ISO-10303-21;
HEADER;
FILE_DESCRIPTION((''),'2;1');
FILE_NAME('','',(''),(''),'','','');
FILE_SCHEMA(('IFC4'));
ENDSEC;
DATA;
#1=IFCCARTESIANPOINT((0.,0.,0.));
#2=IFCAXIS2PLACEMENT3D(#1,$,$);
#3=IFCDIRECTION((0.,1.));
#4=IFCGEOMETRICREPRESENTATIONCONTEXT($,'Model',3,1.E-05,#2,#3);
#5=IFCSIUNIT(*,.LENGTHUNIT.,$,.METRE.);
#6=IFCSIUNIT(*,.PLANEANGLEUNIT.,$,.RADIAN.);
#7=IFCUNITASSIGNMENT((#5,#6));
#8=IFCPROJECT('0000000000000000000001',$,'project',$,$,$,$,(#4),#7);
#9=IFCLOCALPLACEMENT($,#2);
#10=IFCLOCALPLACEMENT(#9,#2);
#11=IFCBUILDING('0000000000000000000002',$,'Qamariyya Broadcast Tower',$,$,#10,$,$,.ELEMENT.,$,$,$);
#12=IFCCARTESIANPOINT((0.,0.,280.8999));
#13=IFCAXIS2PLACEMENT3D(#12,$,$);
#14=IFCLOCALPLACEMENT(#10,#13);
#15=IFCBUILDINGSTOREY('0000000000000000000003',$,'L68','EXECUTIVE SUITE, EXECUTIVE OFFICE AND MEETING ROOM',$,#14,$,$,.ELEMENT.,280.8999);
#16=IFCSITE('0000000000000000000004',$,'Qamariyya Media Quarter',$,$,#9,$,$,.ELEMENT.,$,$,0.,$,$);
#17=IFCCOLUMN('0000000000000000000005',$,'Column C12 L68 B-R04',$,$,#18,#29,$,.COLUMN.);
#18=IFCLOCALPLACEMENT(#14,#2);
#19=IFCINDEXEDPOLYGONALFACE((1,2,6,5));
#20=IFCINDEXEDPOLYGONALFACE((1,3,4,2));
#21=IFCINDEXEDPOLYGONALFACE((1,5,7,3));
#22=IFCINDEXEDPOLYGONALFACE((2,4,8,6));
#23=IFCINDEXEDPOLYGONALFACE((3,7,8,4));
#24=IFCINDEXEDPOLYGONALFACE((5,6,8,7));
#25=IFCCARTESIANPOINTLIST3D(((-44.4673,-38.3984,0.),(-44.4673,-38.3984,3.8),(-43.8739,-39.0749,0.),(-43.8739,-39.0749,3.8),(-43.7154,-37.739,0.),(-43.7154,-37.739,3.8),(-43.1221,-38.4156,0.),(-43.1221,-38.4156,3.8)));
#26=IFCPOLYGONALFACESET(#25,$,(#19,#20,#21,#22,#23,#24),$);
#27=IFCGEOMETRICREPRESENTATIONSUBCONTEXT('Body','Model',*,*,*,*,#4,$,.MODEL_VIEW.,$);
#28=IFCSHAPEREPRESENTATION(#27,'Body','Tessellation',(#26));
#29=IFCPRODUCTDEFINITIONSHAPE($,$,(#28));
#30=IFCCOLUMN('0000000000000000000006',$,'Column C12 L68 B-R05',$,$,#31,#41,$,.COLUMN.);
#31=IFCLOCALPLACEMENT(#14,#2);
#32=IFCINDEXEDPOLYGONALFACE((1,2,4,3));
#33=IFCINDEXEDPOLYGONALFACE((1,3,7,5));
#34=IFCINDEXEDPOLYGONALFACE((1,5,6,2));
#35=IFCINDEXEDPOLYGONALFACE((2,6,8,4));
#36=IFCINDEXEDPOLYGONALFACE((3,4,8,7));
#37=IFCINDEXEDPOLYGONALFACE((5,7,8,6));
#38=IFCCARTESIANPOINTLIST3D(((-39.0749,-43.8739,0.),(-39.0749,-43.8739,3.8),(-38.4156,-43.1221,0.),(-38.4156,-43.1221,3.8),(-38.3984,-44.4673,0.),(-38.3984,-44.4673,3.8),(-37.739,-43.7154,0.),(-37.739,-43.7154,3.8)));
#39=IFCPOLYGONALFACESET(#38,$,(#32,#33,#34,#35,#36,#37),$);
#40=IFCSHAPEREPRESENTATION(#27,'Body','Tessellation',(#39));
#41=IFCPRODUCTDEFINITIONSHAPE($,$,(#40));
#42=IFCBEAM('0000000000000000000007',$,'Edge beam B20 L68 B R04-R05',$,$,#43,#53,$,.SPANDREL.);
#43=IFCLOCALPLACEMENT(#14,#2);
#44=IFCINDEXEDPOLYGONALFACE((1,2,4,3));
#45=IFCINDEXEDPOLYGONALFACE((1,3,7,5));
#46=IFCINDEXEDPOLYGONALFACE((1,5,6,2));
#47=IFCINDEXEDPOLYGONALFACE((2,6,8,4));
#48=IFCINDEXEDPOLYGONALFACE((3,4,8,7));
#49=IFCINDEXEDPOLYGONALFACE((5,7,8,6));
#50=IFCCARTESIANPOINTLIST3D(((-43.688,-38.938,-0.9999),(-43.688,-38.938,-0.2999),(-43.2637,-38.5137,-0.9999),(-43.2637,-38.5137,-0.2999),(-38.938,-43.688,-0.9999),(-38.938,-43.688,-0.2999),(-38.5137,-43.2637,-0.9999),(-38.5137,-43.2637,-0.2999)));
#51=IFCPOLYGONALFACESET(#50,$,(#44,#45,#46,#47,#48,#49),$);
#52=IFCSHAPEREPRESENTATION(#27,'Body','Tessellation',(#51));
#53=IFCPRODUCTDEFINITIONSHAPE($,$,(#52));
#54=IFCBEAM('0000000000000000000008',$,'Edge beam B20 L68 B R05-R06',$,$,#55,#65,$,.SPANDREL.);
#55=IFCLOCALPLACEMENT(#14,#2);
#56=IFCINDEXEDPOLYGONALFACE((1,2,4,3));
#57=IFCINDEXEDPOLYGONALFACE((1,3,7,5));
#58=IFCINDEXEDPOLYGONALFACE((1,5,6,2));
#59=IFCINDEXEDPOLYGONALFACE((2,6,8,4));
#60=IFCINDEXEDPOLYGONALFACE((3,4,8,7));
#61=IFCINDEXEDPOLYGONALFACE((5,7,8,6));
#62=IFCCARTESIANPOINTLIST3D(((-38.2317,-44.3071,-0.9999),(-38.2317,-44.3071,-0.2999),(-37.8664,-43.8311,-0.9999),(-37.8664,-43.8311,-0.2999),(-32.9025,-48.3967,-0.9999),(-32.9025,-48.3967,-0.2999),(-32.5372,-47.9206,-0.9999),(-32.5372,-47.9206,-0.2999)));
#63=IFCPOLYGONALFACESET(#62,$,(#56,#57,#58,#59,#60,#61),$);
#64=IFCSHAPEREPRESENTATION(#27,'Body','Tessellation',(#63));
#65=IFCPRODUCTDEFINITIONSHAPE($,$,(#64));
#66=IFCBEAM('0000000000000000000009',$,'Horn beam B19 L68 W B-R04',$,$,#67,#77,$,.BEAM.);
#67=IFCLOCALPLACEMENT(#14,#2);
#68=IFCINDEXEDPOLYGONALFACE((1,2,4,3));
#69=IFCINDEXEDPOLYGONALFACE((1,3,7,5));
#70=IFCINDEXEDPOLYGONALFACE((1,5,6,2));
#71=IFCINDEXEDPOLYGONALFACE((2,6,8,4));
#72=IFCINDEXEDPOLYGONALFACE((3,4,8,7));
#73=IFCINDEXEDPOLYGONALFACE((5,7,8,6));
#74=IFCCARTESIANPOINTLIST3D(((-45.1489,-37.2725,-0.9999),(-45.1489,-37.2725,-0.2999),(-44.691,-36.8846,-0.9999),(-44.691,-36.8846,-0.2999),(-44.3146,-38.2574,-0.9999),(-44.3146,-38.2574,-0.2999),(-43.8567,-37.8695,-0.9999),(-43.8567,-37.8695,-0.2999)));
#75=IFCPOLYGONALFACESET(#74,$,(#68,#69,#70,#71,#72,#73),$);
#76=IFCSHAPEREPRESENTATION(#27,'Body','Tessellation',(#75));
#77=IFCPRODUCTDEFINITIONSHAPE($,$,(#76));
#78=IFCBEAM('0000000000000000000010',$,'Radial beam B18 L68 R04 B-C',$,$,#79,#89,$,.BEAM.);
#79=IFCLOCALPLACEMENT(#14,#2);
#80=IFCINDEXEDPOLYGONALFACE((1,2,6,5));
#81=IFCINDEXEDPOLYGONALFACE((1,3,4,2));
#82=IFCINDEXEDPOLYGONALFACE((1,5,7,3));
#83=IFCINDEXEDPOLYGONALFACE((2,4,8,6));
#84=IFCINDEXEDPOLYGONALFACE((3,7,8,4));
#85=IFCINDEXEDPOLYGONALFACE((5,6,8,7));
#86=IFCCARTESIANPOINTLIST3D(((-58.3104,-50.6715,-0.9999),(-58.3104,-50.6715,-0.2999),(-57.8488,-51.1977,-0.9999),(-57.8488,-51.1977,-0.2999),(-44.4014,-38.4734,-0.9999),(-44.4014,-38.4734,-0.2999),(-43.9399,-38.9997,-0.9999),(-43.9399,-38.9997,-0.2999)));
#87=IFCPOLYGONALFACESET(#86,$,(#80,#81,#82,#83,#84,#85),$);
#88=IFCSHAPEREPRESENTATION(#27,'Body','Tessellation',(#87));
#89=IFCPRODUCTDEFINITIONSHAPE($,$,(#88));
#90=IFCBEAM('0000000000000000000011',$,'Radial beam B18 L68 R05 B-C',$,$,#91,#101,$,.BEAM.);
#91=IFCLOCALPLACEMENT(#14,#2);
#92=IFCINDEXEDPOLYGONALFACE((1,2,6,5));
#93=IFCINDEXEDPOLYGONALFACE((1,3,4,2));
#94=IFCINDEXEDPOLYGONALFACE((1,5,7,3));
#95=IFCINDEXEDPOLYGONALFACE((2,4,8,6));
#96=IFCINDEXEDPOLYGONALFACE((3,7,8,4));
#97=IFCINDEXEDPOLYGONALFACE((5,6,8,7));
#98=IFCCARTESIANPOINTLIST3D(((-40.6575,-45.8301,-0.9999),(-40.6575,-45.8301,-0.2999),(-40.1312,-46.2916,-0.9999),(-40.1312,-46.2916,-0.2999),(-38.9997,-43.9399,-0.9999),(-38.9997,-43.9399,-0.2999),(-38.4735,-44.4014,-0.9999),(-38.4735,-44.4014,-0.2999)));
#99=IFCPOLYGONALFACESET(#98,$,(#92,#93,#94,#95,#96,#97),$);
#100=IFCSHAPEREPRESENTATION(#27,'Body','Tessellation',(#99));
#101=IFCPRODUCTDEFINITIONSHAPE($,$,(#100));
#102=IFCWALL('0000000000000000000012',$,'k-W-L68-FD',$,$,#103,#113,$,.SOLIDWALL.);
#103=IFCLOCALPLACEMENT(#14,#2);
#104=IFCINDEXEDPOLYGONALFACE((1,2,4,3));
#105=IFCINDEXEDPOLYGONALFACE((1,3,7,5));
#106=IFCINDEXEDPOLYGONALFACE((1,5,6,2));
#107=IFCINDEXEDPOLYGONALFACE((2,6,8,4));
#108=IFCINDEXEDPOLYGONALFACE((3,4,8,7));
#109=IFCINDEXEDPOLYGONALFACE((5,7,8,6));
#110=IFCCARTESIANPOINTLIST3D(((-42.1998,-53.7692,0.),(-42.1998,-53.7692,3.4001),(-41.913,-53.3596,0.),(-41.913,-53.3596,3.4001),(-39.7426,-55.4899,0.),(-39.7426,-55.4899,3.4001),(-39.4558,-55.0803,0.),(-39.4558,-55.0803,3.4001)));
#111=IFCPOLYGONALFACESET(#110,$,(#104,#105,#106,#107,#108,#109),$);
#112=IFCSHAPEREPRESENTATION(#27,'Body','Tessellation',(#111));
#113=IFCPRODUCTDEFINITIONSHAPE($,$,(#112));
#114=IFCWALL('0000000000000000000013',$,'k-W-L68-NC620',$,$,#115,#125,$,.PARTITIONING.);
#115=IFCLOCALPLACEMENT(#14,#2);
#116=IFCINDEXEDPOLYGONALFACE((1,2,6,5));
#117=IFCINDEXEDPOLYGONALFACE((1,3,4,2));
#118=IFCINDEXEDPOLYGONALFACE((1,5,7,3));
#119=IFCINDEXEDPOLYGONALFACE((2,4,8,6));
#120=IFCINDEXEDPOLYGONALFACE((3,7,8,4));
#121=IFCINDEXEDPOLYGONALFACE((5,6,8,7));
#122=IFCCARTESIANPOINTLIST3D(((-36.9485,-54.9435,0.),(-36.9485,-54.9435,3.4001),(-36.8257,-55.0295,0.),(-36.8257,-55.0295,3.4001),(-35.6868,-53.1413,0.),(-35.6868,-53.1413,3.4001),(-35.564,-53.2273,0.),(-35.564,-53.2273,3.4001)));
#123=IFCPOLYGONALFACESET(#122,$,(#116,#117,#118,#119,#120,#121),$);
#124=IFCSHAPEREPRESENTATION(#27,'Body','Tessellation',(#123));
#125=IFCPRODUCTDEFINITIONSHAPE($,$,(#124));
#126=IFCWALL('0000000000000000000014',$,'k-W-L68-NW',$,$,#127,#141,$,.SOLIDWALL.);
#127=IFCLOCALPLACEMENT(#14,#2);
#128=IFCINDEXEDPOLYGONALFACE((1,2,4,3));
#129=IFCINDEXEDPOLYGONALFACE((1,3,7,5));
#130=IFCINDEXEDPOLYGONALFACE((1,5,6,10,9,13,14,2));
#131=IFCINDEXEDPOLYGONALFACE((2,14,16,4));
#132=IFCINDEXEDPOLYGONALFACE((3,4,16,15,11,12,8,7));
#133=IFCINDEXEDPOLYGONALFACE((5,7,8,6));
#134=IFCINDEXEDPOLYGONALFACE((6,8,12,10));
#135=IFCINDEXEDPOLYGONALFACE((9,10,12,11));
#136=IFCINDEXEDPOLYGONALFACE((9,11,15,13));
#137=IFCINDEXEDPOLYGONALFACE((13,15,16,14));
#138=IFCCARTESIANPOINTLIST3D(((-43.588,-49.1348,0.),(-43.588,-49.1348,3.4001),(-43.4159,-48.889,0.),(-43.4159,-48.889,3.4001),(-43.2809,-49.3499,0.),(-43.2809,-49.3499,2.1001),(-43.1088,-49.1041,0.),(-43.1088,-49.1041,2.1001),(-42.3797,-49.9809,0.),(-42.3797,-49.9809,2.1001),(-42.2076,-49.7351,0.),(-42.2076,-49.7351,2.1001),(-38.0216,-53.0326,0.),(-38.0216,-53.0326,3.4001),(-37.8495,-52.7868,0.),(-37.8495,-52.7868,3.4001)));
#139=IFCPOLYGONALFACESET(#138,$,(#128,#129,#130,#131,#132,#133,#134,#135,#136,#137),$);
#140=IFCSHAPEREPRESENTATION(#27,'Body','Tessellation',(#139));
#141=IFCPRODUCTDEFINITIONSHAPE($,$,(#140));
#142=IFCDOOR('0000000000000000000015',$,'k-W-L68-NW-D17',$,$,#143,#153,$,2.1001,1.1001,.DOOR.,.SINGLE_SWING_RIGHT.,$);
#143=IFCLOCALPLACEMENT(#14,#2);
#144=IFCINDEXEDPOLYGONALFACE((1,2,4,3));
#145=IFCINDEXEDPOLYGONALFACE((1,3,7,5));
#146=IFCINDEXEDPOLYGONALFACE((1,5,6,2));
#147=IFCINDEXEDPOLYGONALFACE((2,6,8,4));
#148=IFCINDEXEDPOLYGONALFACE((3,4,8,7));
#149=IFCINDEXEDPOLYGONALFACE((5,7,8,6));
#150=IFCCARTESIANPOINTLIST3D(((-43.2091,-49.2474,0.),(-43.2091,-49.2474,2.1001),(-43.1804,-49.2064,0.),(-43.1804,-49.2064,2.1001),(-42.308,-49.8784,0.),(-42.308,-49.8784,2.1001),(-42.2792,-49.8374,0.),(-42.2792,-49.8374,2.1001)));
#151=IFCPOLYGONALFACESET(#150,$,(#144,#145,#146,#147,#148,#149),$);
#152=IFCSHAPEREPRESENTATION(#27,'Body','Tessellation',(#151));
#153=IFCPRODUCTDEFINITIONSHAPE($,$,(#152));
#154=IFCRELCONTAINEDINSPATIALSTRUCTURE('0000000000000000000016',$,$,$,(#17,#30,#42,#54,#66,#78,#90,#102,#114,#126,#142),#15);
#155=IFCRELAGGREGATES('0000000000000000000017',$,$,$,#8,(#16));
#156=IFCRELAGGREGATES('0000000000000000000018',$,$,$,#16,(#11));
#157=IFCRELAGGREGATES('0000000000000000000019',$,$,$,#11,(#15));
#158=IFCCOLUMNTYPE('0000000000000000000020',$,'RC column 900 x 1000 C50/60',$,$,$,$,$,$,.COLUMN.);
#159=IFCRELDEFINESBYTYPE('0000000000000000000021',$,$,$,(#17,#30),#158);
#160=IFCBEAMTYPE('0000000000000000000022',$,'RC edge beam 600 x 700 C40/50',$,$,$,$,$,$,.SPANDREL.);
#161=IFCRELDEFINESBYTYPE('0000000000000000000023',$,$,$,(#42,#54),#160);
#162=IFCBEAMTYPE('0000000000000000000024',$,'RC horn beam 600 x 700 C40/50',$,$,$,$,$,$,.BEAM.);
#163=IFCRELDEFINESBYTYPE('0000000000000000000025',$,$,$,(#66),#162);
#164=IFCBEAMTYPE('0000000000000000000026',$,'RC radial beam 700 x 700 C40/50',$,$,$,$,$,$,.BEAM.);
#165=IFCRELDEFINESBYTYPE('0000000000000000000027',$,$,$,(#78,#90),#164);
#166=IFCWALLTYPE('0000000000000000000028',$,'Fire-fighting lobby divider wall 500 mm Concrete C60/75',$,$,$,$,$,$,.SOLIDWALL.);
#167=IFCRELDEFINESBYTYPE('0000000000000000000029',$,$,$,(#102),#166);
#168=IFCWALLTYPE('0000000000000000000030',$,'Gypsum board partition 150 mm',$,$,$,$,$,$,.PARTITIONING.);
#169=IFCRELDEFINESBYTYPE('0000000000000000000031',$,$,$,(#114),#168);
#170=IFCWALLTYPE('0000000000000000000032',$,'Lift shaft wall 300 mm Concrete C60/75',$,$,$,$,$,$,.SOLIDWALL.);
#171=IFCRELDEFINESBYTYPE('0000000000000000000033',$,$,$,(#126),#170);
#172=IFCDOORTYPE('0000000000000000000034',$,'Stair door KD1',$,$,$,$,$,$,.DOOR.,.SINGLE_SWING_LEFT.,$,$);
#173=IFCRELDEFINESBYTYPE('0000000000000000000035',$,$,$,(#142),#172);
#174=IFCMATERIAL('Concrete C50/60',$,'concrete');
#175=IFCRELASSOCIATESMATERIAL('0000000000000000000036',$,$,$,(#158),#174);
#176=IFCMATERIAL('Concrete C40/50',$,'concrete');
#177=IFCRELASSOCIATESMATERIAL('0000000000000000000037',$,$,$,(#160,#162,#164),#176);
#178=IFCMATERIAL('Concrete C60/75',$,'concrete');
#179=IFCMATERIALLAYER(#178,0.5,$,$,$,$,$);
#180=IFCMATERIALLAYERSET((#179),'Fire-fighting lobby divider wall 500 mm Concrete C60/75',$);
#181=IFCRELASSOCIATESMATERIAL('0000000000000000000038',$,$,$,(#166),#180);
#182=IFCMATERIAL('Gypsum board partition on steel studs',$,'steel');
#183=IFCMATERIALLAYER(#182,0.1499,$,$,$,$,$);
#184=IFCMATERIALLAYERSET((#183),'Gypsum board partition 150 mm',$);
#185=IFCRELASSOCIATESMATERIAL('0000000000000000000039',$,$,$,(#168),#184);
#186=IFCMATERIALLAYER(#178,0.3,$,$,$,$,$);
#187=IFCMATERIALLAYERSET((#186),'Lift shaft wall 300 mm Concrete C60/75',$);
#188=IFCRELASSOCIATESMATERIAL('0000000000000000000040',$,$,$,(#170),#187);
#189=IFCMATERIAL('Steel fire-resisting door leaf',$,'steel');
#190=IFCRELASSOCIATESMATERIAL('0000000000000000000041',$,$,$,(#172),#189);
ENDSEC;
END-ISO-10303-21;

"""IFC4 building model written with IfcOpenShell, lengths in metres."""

from ifc_helpers import new_model, si_unit, direction, frame, frame_2d, origin, origin_2d, place, context, subcontext, project, spatial, rectangle, extrude, material, layer, layer_set, material_profile, profile_set, type_object, element, fill, save


model = new_model("IFC4")

# Units and contexts
model_context = context("Model", 3, precision=1e-05, world=origin(), true_north=direction((0.0, 1.0)))
body_context = subcontext(model_context, "Body", "Model", "MODEL_VIEW")
ifc_project = project(units=[si_unit("LENGTHUNIT", "METRE"), si_unit("PLANEANGLEUNIT", "RADIAN")], contexts=[model_context])

# Site, building, storey
site_placement = place(None, origin())
site = spatial("IfcSite", under=ifc_project, at=site_placement, Name="Qamariyya Media Quarter", CompositionType="ELEMENT", RefElevation=0.0)
building_placement = place(site_placement, origin())
building = spatial("IfcBuilding", under=site, at=building_placement, Name="Qamariyya Broadcast Tower", CompositionType="ELEMENT")
storey_placement = place(building_placement, frame((0.0, 0.0, 280.8999)))
storey = spatial("IfcBuildingStorey", under=building, at=storey_placement, Name="L68", Description="EXECUTIVE SUITE, EXECUTIVE OFFICE AND MEETING ROOM", CompositionType="ELEMENT", Elevation=280.8999)

# Columns
ifc_material_1 = material(Name="Concrete C50/60", Category="concrete")
ifc_material_profile_1 = material_profile(ifc_material_1, rectangle(XDim=0.8999, YDim=1.0, at=origin_2d()))
ifc_profile_set_1 = profile_set([ifc_material_profile_1], Name="Concrete C50/60")
column_type = type_object("IfcColumnType", Name="RC column 900 x 1000 C50/60", PredefinedType="COLUMN", material=ifc_profile_set_1)
for number, where, z_axis, x_axis, name in (
    (1, (-43.7947, -38.407, 0.0), (0.0, 0.0, 1.0), (0.659346, -0.75184, 0.0), "Column C12 L68 B-R04"),
    (2, (-38.407, -43.7947, 0.0), (0.0, 0.0, 1.0), (0.75184, -0.659346, 0.0), "Column C12 L68 B-R05"),
):
    element("IfcColumn", number, at=place(storey_placement, frame(where, z_axis=z_axis, x_axis=x_axis)), inside=storey, type_object=column_type, Name=name, PredefinedType="COLUMN", context=body_context, shape_type="SweptSolid", body=[
        extrude(rectangle(XDim=0.8999, YDim=1.0, at=origin_2d()), origin(), (0.0, 0.0, 1.0), 3.8),
    ])

# Beams
ifc_material_2 = material(Name="Concrete C40/50", Category="concrete")
ifc_material_profile_2 = material_profile(ifc_material_2, rectangle(XDim=0.6001, YDim=0.7, at=origin_2d()))
ifc_profile_set_2 = profile_set([ifc_material_profile_2], Name="Concrete C40/50")
beam_type_1 = type_object("IfcBeamType", Name="RC edge beam 600 x 700 C40/50", PredefinedType="SPANDREL", material=ifc_profile_set_2)
for number, where, z_axis, x_axis, name in (
    (3, (-43.4758, -38.7258, -0.6499), (0.707107, -0.707107, 0.0), (0.707107, 0.707107, 0.0), "Edge beam B20 L68 B R04-R05"),
    (4, (-38.0491, -44.0691, -0.6499), (0.793335, -0.608785, 0.0), (0.608785, 0.793335, 0.0), "Edge beam B20 L68 B R05-R06"),
):
    element("IfcBeam", number, at=place(storey_placement, frame(where, z_axis=z_axis, x_axis=x_axis)), inside=storey, type_object=beam_type_1, Name=name, PredefinedType="SPANDREL", context=body_context, shape_type="SweptSolid", body=[
        extrude(rectangle(XDim=0.6001, YDim=0.7, at=origin_2d()), origin(), (0.0, 0.0, 1.0), 6.7175),
    ])
ifc_material_profile_3 = material_profile(ifc_material_2, rectangle(XDim=0.6001, YDim=0.7, at=origin_2d()))
ifc_profile_set_3 = profile_set([ifc_material_profile_3], Name="Concrete C40/50")
beam_type_2 = type_object("IfcBeamType", Name="RC horn beam 600 x 700 C40/50", PredefinedType="BEAM", material=ifc_profile_set_3)
beam_1_placement = place(storey_placement, frame((-44.0857, -38.0635, -0.6499), z_axis=(-0.646341, 0.763049, 0.0), x_axis=(-0.763049, -0.646341, 0.0)))
element("IfcBeam", 5, at=beam_1_placement, inside=storey, type_object=beam_type_2, Name="Horn beam B19 L68 W B-R04", PredefinedType="BEAM", context=body_context, shape_type="SweptSolid", body=[
    extrude(rectangle(XDim=0.6001, YDim=0.7, at=origin_2d()), origin(), (0.0, 0.0, 1.0), 1.2908),
])
ifc_material_profile_4 = material_profile(ifc_material_2, rectangle(XDim=0.7, YDim=0.7, at=origin_2d()))
ifc_profile_set_4 = profile_set([ifc_material_profile_4], Name="Concrete C40/50")
beam_type_3 = type_object("IfcBeamType", Name="RC radial beam 700 x 700 C40/50", PredefinedType="BEAM", material=ifc_profile_set_4)
beam_2_placement = place(storey_placement, frame((-44.1707, -38.7366, -0.6499), z_axis=(-0.751835, -0.659352, 0.0), x_axis=(0.659352, -0.751835, 0.0)))
element("IfcBeam", 6, at=beam_2_placement, inside=storey, type_object=beam_type_3, Name="Radial beam B18 L68 R04 B-C", PredefinedType="BEAM", context=body_context, shape_type="SweptSolid", body=[
    extrude(rectangle(XDim=0.7, YDim=0.7, at=origin_2d()), origin(), (0.0, 0.0, 1.0), 18.5),
])
beam_3_placement = place(storey_placement, frame((-38.7366, -44.1707, -0.6499), z_axis=(-0.65937, -0.751818, 0.0), x_axis=(0.751818, -0.65937, 0.0)))
element("IfcBeam", 7, at=beam_3_placement, inside=storey, type_object=beam_type_3, Name="Radial beam B18 L68 R05 B-C", PredefinedType="BEAM", context=body_context, shape_type="SweptSolid", body=[
    extrude(rectangle(XDim=0.7, YDim=0.7, at=origin_2d()), origin(), (0.0, 0.0, 1.0), 2.5142),
])

# Walls
ifc_material_3 = material(Name="Concrete C60/75", Category="concrete")
ifc_layer_1 = layer(ifc_material_3, 0.5)
ifc_layer_set_1 = layer_set([ifc_layer_1], Name="Fire-fighting lobby divider wall 500 mm Concrete C60/75")
wall_type_1 = type_object("IfcWallType", Name="Fire-fighting lobby divider wall 500 mm Concrete C60/75", PredefinedType="SOLIDWALL", material=ifc_layer_set_1)
wall_1_placement = place(storey_placement, frame((-39.5991, -55.2852, 0.0), z_axis=(0.0, 0.0, 1.0), x_axis=(-0.819136, 0.573599, 0.0)))
element("IfcWall", 8, at=wall_1_placement, inside=storey, type_object=wall_type_1, Name="k-W-L68-FD", PredefinedType="SOLIDWALL", context=body_context, shape_type="SweptSolid", body=[
    extrude(rectangle(XDim=2.9998, YDim=0.5, at=frame_2d((1.5, 0.0))), origin(), (0.0, 0.0, 1.0), 3.4001),
])
ifc_material_4 = material(Name="Gypsum board partition on steel studs", Category="steel")
ifc_layer_2 = layer(ifc_material_4, 0.1499)
ifc_layer_set_2 = layer_set([ifc_layer_2], Name="Gypsum board partition 150 mm")
wall_type_2 = type_object("IfcWallType", Name="Gypsum board partition 150 mm", PredefinedType="PARTITIONING", material=ifc_layer_set_2)
wall_2_placement = place(storey_placement, frame((-36.8872, -54.9866, 0.0), z_axis=(0.0, 0.0, 1.0), x_axis=(0.573507, 0.819201, 0.0)))
element("IfcWall", 9, at=wall_2_placement, inside=storey, type_object=wall_type_2, Name="k-W-L68-NC620", PredefinedType="PARTITIONING", context=body_context, shape_type="SweptSolid", body=[
    extrude(rectangle(XDim=2.2, YDim=0.1499, at=frame_2d((1.1001, 0.0))), origin(), (0.0, 0.0, 1.0), 3.4001),
])

# Wall, opening, door
ifc_layer_3 = layer(ifc_material_3, 0.3)
ifc_layer_set_3 = layer_set([ifc_layer_3], Name="Lift shaft wall 300 mm Concrete C60/75")
wall_type_3 = type_object("IfcWallType", Name="Lift shaft wall 300 mm Concrete C60/75", PredefinedType="SOLIDWALL", material=ifc_layer_set_3)
wall_3_placement = place(storey_placement, frame((-37.9355, -52.9097, 0.0), z_axis=(0.0, 0.0, 1.0), x_axis=(-0.819148, 0.573583, 0.0)))
wall_3 = element("IfcWall", 10, at=wall_3_placement, inside=storey, type_object=wall_type_3, Name="k-W-L68-NW", PredefinedType="SOLIDWALL", context=body_context, shape_type="SweptSolid", body=[
    extrude(rectangle(XDim=6.7954, YDim=0.3, at=frame_2d((3.3977, 0.0))), origin(), (0.0, 0.0, 1.0), 3.4001),
])
opening_1_placement = place(wall_3_placement, frame((5.3203, 0.0, 0.0)))
opening_1 = element("IfcOpeningElement", 11, at=opening_1_placement, cuts=wall_3, PredefinedType="OPENING", context=body_context, shape_type="SweptSolid", body=[
    extrude(rectangle(XDim=1.1001, YDim=2.1001, at=frame_2d((0.55, 1.05))), frame((0.0, 0.1599, 0.0), z_axis=(0.0, -1.0, 0.0), x_axis=(1.0, 0.0, 0.0)), (0.0, 0.0, 1.0), 0.3201),
])
ifc_material_5 = material(Name="Steel fire-resisting door leaf", Category="steel")
door_type_1 = type_object("IfcDoorType", Name="Stair door KD1", OperationType="SINGLE_SWING_LEFT", PredefinedType="DOOR", material=ifc_material_5)
door_1_placement = place(opening_1_placement, origin())
door_1 = element("IfcDoor", 12, at=door_1_placement, inside=storey, type_object=door_type_1, Name="k-W-L68-NW-D17", OperationType="SINGLE_SWING_RIGHT", OverallHeight=2.1001, OverallWidth=1.1001, PredefinedType="DOOR", context=body_context, shape_type="SweptSolid", body=[
    extrude(rectangle(XDim=1.1001, YDim=2.1001, at=frame_2d((0.55, 1.05))), frame((0.0, 0.0249, 0.0), z_axis=(0.0, -1.0, 0.0), x_axis=(1.0, 0.0, 0.0)), (0.0, 0.0, 1.0), 0.05),
])
fill(opening_1, door_1)

save(model, "model.ifc")
